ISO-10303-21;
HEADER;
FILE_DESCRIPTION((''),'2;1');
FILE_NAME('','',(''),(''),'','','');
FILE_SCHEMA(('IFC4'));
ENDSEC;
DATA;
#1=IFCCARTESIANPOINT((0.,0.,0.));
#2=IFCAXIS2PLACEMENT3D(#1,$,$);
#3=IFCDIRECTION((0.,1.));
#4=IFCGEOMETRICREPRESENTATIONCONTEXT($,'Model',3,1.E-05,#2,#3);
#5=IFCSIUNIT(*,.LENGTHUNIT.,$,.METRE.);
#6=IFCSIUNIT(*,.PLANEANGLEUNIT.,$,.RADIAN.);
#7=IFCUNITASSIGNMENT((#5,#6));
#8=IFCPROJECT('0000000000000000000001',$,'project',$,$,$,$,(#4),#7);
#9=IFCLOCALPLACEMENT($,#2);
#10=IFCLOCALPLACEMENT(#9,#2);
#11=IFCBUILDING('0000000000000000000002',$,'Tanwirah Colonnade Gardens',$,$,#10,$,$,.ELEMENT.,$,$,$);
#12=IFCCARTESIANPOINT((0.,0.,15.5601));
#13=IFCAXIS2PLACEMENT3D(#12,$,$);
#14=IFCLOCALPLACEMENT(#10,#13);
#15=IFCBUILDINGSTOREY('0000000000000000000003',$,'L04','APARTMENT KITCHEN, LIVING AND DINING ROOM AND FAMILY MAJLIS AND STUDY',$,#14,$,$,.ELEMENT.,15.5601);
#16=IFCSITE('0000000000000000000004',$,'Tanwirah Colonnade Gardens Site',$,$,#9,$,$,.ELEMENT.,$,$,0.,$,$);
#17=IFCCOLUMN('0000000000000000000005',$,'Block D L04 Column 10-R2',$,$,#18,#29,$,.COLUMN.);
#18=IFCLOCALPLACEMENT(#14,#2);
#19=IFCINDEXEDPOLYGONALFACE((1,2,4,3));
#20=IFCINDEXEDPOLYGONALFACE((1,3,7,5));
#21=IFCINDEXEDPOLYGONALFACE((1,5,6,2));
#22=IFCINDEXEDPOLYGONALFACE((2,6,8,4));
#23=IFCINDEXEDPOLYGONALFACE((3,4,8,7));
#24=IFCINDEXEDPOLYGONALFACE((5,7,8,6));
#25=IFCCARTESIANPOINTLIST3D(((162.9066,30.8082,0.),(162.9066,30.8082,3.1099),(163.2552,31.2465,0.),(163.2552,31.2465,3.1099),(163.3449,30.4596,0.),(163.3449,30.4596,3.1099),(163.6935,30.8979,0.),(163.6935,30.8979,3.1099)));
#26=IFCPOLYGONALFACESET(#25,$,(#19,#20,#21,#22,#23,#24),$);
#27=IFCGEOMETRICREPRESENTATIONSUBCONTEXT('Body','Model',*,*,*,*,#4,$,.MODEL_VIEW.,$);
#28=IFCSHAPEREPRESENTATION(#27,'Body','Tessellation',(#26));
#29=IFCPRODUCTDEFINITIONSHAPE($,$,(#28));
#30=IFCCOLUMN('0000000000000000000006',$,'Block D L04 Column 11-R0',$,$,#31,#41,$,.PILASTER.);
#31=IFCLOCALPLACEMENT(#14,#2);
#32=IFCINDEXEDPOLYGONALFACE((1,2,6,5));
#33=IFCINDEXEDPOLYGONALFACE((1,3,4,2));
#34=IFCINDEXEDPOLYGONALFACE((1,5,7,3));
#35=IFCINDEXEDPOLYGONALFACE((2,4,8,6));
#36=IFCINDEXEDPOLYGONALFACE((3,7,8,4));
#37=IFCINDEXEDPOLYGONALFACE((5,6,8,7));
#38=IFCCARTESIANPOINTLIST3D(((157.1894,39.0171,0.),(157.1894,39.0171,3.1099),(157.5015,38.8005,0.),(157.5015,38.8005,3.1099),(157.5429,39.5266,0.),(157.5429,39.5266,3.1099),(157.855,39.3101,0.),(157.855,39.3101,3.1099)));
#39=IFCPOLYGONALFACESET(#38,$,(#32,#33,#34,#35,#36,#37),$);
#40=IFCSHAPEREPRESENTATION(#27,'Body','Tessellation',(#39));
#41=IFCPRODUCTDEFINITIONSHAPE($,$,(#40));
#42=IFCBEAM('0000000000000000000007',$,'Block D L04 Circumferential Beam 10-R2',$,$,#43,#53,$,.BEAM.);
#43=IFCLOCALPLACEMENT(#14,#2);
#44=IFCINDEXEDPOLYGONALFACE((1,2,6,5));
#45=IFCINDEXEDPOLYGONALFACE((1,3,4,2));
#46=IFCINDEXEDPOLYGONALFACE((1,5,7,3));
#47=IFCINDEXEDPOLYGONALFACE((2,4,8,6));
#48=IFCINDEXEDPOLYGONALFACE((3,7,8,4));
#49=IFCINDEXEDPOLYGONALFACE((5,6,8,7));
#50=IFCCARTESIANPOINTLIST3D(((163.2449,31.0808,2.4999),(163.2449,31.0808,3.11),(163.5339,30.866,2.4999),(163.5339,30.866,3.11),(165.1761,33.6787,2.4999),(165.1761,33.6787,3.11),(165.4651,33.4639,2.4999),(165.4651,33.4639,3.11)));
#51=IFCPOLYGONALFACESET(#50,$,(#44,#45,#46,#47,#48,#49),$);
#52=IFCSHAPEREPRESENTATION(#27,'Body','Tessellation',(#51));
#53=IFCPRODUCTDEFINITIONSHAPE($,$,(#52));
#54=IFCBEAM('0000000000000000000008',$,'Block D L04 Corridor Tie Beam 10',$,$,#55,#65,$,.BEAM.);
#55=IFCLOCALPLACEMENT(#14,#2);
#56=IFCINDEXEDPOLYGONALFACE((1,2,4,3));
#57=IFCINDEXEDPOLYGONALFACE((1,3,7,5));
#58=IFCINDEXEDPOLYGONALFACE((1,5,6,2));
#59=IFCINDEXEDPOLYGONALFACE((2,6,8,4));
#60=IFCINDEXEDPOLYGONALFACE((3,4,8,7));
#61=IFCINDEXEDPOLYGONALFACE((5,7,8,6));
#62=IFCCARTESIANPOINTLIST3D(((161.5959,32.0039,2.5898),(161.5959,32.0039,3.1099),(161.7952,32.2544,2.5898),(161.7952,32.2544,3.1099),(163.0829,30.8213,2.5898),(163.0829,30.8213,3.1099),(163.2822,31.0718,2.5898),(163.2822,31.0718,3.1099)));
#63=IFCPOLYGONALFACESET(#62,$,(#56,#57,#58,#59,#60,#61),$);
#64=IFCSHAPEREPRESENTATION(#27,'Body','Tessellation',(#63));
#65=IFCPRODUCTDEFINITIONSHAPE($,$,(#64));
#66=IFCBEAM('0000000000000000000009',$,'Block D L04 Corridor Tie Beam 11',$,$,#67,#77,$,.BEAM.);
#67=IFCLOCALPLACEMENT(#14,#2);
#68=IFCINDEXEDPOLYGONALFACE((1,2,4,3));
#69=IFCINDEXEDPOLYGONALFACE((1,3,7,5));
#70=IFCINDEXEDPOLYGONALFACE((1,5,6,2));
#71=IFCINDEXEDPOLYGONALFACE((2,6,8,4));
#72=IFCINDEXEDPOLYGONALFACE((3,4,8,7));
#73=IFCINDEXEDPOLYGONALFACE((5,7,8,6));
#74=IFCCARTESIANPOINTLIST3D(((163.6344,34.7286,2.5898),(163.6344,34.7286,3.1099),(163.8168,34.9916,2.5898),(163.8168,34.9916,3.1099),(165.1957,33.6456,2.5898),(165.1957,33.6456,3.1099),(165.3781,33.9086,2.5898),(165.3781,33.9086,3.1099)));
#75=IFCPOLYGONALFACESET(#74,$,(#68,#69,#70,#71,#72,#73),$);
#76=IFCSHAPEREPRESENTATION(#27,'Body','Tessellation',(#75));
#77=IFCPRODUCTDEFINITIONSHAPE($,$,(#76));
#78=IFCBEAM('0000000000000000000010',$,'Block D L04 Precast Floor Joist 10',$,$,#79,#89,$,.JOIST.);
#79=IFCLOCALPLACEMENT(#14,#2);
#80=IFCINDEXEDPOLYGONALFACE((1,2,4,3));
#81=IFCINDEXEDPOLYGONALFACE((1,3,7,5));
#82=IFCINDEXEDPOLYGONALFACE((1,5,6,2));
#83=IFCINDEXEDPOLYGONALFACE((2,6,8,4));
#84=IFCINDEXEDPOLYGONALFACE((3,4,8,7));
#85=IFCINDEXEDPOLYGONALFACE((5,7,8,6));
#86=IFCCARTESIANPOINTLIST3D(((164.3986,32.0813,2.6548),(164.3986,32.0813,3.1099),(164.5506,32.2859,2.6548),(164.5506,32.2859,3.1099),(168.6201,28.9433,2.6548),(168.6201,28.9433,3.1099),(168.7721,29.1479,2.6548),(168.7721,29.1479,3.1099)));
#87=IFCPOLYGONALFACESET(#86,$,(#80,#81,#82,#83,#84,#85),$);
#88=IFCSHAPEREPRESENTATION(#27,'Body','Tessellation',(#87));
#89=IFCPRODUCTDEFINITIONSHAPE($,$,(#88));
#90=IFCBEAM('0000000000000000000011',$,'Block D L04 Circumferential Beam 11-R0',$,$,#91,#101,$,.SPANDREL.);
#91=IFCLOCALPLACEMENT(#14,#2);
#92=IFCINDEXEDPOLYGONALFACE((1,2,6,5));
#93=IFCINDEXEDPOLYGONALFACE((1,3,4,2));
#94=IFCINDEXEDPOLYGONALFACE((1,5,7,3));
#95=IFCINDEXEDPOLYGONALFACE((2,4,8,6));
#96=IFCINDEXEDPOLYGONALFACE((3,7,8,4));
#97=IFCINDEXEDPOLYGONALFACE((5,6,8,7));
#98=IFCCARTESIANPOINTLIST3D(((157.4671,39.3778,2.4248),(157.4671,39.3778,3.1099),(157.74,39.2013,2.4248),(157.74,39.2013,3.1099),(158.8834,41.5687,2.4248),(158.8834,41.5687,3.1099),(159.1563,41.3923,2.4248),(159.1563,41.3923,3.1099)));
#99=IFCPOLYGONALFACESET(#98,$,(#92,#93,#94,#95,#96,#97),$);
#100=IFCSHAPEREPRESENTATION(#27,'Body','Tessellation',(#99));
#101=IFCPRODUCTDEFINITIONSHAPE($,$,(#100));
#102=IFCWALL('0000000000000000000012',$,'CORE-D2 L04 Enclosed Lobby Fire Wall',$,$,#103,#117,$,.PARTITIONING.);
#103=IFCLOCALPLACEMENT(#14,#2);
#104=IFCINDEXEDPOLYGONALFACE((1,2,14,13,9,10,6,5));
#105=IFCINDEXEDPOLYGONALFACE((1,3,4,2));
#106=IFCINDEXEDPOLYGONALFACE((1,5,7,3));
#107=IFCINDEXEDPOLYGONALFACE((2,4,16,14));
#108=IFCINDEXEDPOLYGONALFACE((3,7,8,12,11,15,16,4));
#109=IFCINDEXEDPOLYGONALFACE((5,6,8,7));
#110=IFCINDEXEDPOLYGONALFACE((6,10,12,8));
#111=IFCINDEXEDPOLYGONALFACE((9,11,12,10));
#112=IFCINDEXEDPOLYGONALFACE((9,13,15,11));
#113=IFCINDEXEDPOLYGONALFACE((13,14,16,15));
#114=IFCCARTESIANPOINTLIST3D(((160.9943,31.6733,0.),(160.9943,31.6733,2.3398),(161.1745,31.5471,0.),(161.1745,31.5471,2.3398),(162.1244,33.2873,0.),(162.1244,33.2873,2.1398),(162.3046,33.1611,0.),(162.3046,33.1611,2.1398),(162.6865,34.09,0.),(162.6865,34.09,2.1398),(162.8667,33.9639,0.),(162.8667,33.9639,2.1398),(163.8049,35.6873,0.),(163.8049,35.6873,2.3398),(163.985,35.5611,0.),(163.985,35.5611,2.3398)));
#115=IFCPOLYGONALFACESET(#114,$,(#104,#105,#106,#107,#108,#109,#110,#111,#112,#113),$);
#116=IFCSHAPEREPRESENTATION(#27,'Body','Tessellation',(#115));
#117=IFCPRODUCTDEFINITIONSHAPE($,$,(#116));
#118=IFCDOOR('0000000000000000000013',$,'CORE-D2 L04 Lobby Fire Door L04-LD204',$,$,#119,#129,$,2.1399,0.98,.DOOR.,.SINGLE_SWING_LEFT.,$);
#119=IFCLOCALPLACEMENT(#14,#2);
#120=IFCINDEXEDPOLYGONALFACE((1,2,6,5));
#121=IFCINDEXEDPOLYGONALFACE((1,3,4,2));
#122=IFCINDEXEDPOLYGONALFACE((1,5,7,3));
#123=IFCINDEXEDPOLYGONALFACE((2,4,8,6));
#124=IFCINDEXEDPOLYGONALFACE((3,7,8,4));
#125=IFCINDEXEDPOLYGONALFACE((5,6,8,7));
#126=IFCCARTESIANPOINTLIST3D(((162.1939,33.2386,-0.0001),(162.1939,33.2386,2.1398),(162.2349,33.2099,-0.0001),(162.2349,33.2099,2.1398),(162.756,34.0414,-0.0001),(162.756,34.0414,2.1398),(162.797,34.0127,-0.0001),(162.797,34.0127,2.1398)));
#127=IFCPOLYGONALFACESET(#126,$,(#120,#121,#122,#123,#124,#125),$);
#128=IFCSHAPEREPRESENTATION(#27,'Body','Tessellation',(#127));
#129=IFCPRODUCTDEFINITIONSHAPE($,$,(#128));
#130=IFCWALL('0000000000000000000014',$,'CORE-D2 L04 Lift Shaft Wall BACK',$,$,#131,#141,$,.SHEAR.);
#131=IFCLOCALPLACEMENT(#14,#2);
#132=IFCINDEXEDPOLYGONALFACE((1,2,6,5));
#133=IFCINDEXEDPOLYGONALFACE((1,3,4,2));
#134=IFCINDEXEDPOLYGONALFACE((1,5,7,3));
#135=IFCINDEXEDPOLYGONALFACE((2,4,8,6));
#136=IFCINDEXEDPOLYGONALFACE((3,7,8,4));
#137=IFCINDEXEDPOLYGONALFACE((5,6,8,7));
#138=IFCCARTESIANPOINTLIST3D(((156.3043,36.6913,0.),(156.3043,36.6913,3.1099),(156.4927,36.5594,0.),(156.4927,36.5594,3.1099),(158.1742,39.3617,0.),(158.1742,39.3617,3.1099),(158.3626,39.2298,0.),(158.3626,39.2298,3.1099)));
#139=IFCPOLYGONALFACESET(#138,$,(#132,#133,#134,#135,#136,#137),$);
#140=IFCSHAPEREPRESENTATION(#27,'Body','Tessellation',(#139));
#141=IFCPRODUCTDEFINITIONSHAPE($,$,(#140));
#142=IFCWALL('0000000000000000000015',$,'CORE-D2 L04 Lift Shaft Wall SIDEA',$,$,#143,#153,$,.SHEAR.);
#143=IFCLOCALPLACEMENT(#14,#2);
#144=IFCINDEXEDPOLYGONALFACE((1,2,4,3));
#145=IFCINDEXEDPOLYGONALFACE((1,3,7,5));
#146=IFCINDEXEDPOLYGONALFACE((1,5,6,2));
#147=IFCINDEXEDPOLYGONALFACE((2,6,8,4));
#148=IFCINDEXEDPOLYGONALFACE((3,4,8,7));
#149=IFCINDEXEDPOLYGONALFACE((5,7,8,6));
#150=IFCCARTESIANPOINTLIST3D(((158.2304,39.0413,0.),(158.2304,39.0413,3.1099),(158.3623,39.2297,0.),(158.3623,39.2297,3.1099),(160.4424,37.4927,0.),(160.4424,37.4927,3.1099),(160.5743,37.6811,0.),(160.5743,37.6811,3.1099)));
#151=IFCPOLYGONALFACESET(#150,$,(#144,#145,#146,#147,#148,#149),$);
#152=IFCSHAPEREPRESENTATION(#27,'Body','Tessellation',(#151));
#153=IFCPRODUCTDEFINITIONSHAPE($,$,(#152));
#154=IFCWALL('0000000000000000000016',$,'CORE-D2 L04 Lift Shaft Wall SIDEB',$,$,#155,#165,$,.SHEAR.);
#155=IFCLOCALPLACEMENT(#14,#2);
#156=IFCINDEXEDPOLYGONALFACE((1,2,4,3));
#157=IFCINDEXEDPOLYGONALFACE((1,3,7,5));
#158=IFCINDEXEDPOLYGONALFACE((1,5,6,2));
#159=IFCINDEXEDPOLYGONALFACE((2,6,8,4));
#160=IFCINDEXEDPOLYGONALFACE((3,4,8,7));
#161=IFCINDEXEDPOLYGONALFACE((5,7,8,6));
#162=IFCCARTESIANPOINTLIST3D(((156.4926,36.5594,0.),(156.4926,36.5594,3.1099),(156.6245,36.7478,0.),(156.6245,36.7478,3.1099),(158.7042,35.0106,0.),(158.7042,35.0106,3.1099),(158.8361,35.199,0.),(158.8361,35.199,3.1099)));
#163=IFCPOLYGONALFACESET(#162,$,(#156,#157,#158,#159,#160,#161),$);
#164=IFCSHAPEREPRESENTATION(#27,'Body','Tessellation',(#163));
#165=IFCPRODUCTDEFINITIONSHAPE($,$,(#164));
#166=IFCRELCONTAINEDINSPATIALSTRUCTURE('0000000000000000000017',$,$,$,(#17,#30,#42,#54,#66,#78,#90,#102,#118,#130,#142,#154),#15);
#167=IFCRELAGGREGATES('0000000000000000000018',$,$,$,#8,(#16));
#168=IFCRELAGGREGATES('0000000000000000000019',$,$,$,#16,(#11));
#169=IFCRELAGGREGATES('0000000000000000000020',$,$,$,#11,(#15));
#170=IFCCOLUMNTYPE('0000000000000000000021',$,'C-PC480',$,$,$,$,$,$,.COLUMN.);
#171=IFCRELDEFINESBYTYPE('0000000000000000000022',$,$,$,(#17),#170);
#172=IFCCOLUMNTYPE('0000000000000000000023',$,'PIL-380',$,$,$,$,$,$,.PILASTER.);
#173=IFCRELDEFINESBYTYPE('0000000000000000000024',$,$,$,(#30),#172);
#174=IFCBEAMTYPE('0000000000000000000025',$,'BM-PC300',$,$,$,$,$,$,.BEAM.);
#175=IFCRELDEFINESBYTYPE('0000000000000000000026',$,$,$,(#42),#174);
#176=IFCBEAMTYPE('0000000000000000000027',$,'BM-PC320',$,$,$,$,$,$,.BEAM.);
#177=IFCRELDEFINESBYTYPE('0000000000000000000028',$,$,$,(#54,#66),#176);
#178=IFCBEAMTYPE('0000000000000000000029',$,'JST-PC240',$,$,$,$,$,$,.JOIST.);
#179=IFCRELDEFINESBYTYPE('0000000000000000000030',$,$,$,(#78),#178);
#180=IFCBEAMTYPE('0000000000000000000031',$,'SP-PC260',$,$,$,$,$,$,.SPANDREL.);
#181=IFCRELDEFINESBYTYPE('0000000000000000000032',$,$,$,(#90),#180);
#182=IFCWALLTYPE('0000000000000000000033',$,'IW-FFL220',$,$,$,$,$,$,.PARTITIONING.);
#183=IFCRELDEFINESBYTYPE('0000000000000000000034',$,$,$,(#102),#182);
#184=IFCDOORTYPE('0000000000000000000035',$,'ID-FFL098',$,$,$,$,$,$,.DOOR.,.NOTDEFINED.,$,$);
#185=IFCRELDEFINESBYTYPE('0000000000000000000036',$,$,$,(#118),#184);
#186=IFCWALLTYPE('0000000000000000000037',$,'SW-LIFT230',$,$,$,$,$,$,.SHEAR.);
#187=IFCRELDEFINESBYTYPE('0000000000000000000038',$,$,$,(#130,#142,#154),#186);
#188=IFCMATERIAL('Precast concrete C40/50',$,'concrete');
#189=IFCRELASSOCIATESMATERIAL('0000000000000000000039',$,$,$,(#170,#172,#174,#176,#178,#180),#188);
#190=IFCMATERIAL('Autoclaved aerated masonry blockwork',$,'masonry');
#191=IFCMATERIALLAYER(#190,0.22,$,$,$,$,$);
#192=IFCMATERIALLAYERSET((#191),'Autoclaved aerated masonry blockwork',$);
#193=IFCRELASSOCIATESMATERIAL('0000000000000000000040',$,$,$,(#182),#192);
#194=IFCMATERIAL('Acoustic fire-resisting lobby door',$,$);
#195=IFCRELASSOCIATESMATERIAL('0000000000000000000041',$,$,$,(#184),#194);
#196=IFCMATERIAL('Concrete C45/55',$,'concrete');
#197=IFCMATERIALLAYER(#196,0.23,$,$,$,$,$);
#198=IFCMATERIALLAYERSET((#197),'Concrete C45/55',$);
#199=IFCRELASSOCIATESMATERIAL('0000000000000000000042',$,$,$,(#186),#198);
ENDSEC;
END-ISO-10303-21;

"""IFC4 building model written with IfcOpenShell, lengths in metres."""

from ifc_helpers import new_model, si_unit, direction, frame, frame_2d, origin, origin_2d, place, context, subcontext, project, spatial, rectangle, extrude, material, layer, layer_set, material_profile, profile_set, type_object, element, fill, save


model = new_model("IFC4")

# Units and contexts
model_context = context("Model", 3, precision=1e-05, world=origin(), true_north=direction((0.0, 1.0)))
body_context = subcontext(model_context, "Body", "Model", "MODEL_VIEW")
ifc_project = project(units=[si_unit("LENGTHUNIT", "METRE"), si_unit("PLANEANGLEUNIT", "RADIAN")], contexts=[model_context])

# Site, building, storey
site_placement = place(None, origin())
site = spatial("IfcSite", under=ifc_project, at=site_placement, Name="Tanwirah Colonnade Gardens Site", CompositionType="ELEMENT", RefElevation=0.0)
building_placement = place(site_placement, origin())
building = spatial("IfcBuilding", under=site, at=building_placement, Name="Tanwirah Colonnade Gardens", CompositionType="ELEMENT")
storey_placement = place(building_placement, frame((0.0, 0.0, 15.5601)))
storey = spatial("IfcBuildingStorey", under=building, at=storey_placement, Name="L04", Description="APARTMENT KITCHEN, LIVING AND DINING ROOM AND FAMILY MAJLIS AND STUDY", CompositionType="ELEMENT", Elevation=15.5601)

# Columns
ifc_material_1 = material(Name="Precast concrete C40/50", Category="concrete")
ifc_material_profile_1 = material_profile(ifc_material_1, rectangle(XDim=0.5601, YDim=0.5601, at=origin_2d()), Name="PC-COL 560x560")
ifc_profile_set_1 = profile_set([ifc_material_profile_1], Name="Precast concrete C40/50")
column_type_1 = type_object("IfcColumnType", Name="C-PC480", PredefinedType="COLUMN", material=ifc_profile_set_1)
column_1_placement = place(storey_placement, frame((163.3, 30.853, 0.0), z_axis=(0.0, 0.0, 1.0), x_axis=(0.782608, -0.622515, 0.0)))
element("IfcColumn", 1, at=column_1_placement, inside=storey, type_object=column_type_1, Name="Block D L04 Column 10-R2", PredefinedType="COLUMN", context=body_context, shape_type="SweptSolid", body=[
    extrude(rectangle(XDim=0.5601, YDim=0.5601, at=origin_2d()), origin(), (0.0, 0.0, 1.0), 3.1099),
])
ifc_material_profile_2 = material_profile(ifc_material_1, rectangle(XDim=0.3799, YDim=0.6201, at=origin_2d()), Name="PC-PIL 380x620")
ifc_profile_set_2 = profile_set([ifc_material_profile_2], Name="Precast concrete C40/50")
column_type_2 = type_object("IfcColumnType", Name="PIL-380", PredefinedType="PILASTER", material=ifc_profile_set_2)
column_2_placement = place(storey_placement, frame((157.5222, 39.1636, 0.0), z_axis=(0.0, 0.0, 1.0), x_axis=(0.821647, -0.569997, 0.0)))
element("IfcColumn", 2, at=column_2_placement, inside=storey, type_object=column_type_2, Name="Block D L04 Column 11-R0", PredefinedType="PILASTER", context=body_context, shape_type="SweptSolid", body=[
    extrude(rectangle(XDim=0.3799, YDim=0.6201, at=origin_2d()), origin(), (0.0, 0.0, 1.0), 3.1099),
])

# Beams
ifc_material_profile_3 = material_profile(ifc_material_1, rectangle(XDim=0.3601, YDim=0.6101, at=origin_2d()), Name="PC-BM 360x610")
ifc_profile_set_3 = profile_set([ifc_material_profile_3], Name="Precast concrete C40/50")
beam_type_1 = type_object("IfcBeamType", Name="BM-PC300", PredefinedType="BEAM", material=ifc_profile_set_3)
beam_1_placement = place(storey_placement, frame((163.3894, 30.9734, 2.8049), z_axis=(0.596579, 0.802554, 0.0), x_axis=(-0.802554, 0.596579, 0.0)))
element("IfcBeam", 3, at=beam_1_placement, inside=storey, type_object=beam_type_1, Name="Block D L04 Circumferential Beam 10-R2", PredefinedType="BEAM", context=body_context, shape_type="SweptSolid", body=[
    extrude(rectangle(XDim=0.3601, YDim=0.6101, at=origin_2d()), origin(), (0.0, 0.0, 1.0), 3.2371),
])
ifc_material_profile_4 = material_profile(ifc_material_1, rectangle(XDim=0.3201, YDim=0.52, at=origin_2d()), Name="PC-BM 320x520")
ifc_profile_set_4 = profile_set([ifc_material_profile_4], Name="Precast concrete C40/50")
beam_type_2 = type_object("IfcBeamType", Name="BM-PC320", PredefinedType="BEAM", material=ifc_profile_set_4)
beam_2_placement = place(storey_placement, frame((161.6956, 32.1292, 2.8499), z_axis=(0.782671, -0.622436, 0.0), x_axis=(0.622436, 0.782671, 0.0)))
element("IfcBeam", 4, at=beam_2_placement, inside=storey, type_object=beam_type_2, Name="Block D L04 Corridor Tie Beam 10", PredefinedType="BEAM", context=body_context, shape_type="SweptSolid", body=[
    extrude(rectangle(XDim=0.3201, YDim=0.52, at=origin_2d()), origin(), (0.0, 0.0, 1.0), 1.8999),
])
beam_3_placement = place(storey_placement, frame((163.7256, 34.8601, 2.8499), z_axis=(0.821669, -0.569965, 0.0), x_axis=(0.569965, 0.821669, 0.0)))
element("IfcBeam", 5, at=beam_3_placement, inside=storey, type_object=beam_type_2, Name="Block D L04 Corridor Tie Beam 11", PredefinedType="BEAM", context=body_context, shape_type="SweptSolid", body=[
    extrude(rectangle(XDim=0.3201, YDim=0.52, at=origin_2d()), origin(), (0.0, 0.0, 1.0), 1.9001),
])
ifc_material_profile_5 = material_profile(ifc_material_1, rectangle(XDim=0.2549, YDim=0.4551, at=origin_2d()), Name="PC-JST 255x455")
ifc_profile_set_5 = profile_set([ifc_material_profile_5], Name="Precast concrete C40/50")
beam_type_3 = type_object("IfcBeamType", Name="JST-PC240", PredefinedType="JOIST", material=ifc_profile_set_5)
beam_4_placement = place(storey_placement, frame((164.4746, 32.1836, 2.8823), z_axis=(0.80256, -0.596571, 0.0), x_axis=(0.596571, 0.80256, 0.0)))
element("IfcBeam", 6, at=beam_4_placement, inside=storey, type_object=beam_type_3, Name="Block D L04 Precast Floor Joist 10", PredefinedType="JOIST", context=body_context, shape_type="SweptSolid", body=[
    extrude(rectangle(XDim=0.2549, YDim=0.4551, at=origin_2d()), origin(), (0.0, 0.0, 1.0), 5.26),
])
ifc_material_profile_6 = material_profile(ifc_material_1, rectangle(XDim=0.325, YDim=0.6851, at=origin_2d()), Name="PC-SP 325x685")
ifc_profile_set_6 = profile_set([ifc_material_profile_6], Name="Precast concrete C40/50")
beam_type_4 = type_object("IfcBeamType", Name="SP-PC260", PredefinedType="SPANDREL", material=ifc_profile_set_6)
beam_5_placement = place(storey_placement, frame((157.6035, 39.2896, 2.7673), z_axis=(0.542875, 0.839814, 0.0), x_axis=(-0.839814, 0.542875, 0.0)))
element("IfcBeam", 7, at=beam_5_placement, inside=storey, type_object=beam_type_4, Name="Block D L04 Circumferential Beam 11-R0", PredefinedType="SPANDREL", context=body_context, shape_type="SweptSolid", body=[
    extrude(rectangle(XDim=0.325, YDim=0.6851, at=origin_2d()), origin(), (0.0, 0.0, 1.0), 2.6089),
])

# Wall, opening, door
ifc_material_2 = material(Name="Autoclaved aerated masonry blockwork", Category="masonry")
ifc_layer_1 = layer(ifc_material_2, 0.22)
ifc_layer_set_1 = layer_set([ifc_layer_1], Name="Autoclaved aerated masonry blockwork")
wall_type_1 = type_object("IfcWallType", Name="IW-FFL220", PredefinedType="PARTITIONING", material=ifc_layer_set_1)
wall_1_placement = place(storey_placement, frame((163.895, 35.6243, 0.0), z_axis=(0.0, 0.0, 1.0), x_axis=(-0.573573, -0.819155, 0.0)))
wall_1 = element("IfcWall", 8, at=wall_1_placement, inside=storey, type_object=wall_type_1, Name="CORE-D2 L04 Enclosed Lobby Fire Wall", PredefinedType="PARTITIONING", context=body_context, shape_type="SweptSolid", body=[
    extrude(rectangle(XDim=4.9001, YDim=0.22, at=frame_2d((2.4502, 0.0))), origin(), (0.0, 0.0, 1.0), 2.3398),
])
opening_1_placement = place(wall_1_placement, frame((1.95, 0.0, 0.0)))
opening_1 = element("IfcOpeningElement", 9, at=opening_1_placement, cuts=wall_1, PredefinedType="OPENING", context=body_context, shape_type="SweptSolid", body=[
    extrude(rectangle(XDim=0.98, YDim=2.1399, at=frame_2d((0.49, 1.0698))), frame((0.0, 0.1199, 0.0), z_axis=(0.0, -1.0, 0.0), x_axis=(1.0, 0.0, 0.0)), (0.0, 0.0, 1.0), 0.24),
])
ifc_material_3 = material(Name="Acoustic fire-resisting lobby door")
door_type_1 = type_object("IfcDoorType", Name="ID-FFL098", OperationType="NOTDEFINED", PredefinedType="DOOR", material=ifc_material_3)
door_1_placement = place(opening_1_placement, origin())
door_1 = element("IfcDoor", 10, at=door_1_placement, inside=storey, type_object=door_type_1, Name="CORE-D2 L04 Lobby Fire Door L04-LD204", OperationType="SINGLE_SWING_LEFT", OverallHeight=2.1399, OverallWidth=0.98, PredefinedType="DOOR", context=body_context, shape_type="SweptSolid", body=[
    extrude(rectangle(XDim=0.98, YDim=2.1399, at=frame_2d((0.49, 1.0698))), frame((0.0, 0.0249, 0.0), z_axis=(0.0, -1.0, 0.0), x_axis=(1.0, 0.0, 0.0)), (0.0, 0.0, 1.0), 0.05),
])
fill(opening_1, door_1)
ifc_material_4 = material(Name="Concrete C45/55", Category="concrete")
ifc_layer_2 = layer(ifc_material_4, 0.23)
ifc_layer_set_2 = layer_set([ifc_layer_2], Name="Concrete C45/55")
wall_type_2 = type_object("IfcWallType", Name="SW-LIFT230", PredefinedType="SHEAR", material=ifc_layer_set_2)

# Walls
wall_2_placement = place(storey_placement, frame((158.2683, 39.2957, 0.0), z_axis=(0.0, 0.0, 1.0), x_axis=(-0.573583, -0.819147, 0.0)))
element("IfcWall", 11, at=wall_2_placement, inside=storey, type_object=wall_type_2, Name="CORE-D2 L04 Lift Shaft Wall BACK", PredefinedType="SHEAR", context=body_context, shape_type="SweptSolid", body=[
    extrude(rectangle(XDim=3.26, YDim=0.23, at=frame_2d((1.6299, 0.0))), origin(), (0.0, 0.0, 1.0), 3.1099),
])
wall_3_placement = place(storey_placement, frame((160.5083, 37.5869, 0.0), z_axis=(0.0, 0.0, 1.0), x_axis=(-0.819189, 0.573523, 0.0)))
element("IfcWall", 12, at=wall_3_placement, inside=storey, type_object=wall_type_2, Name="CORE-D2 L04 Lift Shaft Wall SIDEA", PredefinedType="SHEAR", context=body_context, shape_type="SweptSolid", body=[
    extrude(rectangle(XDim=2.7002, YDim=0.23, at=frame_2d((1.3501, 0.0))), origin(), (0.0, 0.0, 1.0), 3.1099),
])
wall_4_placement = place(storey_placement, frame((158.7703, 35.1047, 0.0), z_axis=(0.0, 0.0, 1.0), x_axis=(-0.819117, 0.573626, 0.0)))
element("IfcWall", 13, at=wall_4_placement, inside=storey, type_object=wall_type_2, Name="CORE-D2 L04 Lift Shaft Wall SIDEB", PredefinedType="SHEAR", context=body_context, shape_type="SweptSolid", body=[
    extrude(rectangle(XDim=2.7, YDim=0.23, at=frame_2d((1.3501, 0.0))), origin(), (0.0, 0.0, 1.0), 3.1099),
])

save(model, "model.ifc")
